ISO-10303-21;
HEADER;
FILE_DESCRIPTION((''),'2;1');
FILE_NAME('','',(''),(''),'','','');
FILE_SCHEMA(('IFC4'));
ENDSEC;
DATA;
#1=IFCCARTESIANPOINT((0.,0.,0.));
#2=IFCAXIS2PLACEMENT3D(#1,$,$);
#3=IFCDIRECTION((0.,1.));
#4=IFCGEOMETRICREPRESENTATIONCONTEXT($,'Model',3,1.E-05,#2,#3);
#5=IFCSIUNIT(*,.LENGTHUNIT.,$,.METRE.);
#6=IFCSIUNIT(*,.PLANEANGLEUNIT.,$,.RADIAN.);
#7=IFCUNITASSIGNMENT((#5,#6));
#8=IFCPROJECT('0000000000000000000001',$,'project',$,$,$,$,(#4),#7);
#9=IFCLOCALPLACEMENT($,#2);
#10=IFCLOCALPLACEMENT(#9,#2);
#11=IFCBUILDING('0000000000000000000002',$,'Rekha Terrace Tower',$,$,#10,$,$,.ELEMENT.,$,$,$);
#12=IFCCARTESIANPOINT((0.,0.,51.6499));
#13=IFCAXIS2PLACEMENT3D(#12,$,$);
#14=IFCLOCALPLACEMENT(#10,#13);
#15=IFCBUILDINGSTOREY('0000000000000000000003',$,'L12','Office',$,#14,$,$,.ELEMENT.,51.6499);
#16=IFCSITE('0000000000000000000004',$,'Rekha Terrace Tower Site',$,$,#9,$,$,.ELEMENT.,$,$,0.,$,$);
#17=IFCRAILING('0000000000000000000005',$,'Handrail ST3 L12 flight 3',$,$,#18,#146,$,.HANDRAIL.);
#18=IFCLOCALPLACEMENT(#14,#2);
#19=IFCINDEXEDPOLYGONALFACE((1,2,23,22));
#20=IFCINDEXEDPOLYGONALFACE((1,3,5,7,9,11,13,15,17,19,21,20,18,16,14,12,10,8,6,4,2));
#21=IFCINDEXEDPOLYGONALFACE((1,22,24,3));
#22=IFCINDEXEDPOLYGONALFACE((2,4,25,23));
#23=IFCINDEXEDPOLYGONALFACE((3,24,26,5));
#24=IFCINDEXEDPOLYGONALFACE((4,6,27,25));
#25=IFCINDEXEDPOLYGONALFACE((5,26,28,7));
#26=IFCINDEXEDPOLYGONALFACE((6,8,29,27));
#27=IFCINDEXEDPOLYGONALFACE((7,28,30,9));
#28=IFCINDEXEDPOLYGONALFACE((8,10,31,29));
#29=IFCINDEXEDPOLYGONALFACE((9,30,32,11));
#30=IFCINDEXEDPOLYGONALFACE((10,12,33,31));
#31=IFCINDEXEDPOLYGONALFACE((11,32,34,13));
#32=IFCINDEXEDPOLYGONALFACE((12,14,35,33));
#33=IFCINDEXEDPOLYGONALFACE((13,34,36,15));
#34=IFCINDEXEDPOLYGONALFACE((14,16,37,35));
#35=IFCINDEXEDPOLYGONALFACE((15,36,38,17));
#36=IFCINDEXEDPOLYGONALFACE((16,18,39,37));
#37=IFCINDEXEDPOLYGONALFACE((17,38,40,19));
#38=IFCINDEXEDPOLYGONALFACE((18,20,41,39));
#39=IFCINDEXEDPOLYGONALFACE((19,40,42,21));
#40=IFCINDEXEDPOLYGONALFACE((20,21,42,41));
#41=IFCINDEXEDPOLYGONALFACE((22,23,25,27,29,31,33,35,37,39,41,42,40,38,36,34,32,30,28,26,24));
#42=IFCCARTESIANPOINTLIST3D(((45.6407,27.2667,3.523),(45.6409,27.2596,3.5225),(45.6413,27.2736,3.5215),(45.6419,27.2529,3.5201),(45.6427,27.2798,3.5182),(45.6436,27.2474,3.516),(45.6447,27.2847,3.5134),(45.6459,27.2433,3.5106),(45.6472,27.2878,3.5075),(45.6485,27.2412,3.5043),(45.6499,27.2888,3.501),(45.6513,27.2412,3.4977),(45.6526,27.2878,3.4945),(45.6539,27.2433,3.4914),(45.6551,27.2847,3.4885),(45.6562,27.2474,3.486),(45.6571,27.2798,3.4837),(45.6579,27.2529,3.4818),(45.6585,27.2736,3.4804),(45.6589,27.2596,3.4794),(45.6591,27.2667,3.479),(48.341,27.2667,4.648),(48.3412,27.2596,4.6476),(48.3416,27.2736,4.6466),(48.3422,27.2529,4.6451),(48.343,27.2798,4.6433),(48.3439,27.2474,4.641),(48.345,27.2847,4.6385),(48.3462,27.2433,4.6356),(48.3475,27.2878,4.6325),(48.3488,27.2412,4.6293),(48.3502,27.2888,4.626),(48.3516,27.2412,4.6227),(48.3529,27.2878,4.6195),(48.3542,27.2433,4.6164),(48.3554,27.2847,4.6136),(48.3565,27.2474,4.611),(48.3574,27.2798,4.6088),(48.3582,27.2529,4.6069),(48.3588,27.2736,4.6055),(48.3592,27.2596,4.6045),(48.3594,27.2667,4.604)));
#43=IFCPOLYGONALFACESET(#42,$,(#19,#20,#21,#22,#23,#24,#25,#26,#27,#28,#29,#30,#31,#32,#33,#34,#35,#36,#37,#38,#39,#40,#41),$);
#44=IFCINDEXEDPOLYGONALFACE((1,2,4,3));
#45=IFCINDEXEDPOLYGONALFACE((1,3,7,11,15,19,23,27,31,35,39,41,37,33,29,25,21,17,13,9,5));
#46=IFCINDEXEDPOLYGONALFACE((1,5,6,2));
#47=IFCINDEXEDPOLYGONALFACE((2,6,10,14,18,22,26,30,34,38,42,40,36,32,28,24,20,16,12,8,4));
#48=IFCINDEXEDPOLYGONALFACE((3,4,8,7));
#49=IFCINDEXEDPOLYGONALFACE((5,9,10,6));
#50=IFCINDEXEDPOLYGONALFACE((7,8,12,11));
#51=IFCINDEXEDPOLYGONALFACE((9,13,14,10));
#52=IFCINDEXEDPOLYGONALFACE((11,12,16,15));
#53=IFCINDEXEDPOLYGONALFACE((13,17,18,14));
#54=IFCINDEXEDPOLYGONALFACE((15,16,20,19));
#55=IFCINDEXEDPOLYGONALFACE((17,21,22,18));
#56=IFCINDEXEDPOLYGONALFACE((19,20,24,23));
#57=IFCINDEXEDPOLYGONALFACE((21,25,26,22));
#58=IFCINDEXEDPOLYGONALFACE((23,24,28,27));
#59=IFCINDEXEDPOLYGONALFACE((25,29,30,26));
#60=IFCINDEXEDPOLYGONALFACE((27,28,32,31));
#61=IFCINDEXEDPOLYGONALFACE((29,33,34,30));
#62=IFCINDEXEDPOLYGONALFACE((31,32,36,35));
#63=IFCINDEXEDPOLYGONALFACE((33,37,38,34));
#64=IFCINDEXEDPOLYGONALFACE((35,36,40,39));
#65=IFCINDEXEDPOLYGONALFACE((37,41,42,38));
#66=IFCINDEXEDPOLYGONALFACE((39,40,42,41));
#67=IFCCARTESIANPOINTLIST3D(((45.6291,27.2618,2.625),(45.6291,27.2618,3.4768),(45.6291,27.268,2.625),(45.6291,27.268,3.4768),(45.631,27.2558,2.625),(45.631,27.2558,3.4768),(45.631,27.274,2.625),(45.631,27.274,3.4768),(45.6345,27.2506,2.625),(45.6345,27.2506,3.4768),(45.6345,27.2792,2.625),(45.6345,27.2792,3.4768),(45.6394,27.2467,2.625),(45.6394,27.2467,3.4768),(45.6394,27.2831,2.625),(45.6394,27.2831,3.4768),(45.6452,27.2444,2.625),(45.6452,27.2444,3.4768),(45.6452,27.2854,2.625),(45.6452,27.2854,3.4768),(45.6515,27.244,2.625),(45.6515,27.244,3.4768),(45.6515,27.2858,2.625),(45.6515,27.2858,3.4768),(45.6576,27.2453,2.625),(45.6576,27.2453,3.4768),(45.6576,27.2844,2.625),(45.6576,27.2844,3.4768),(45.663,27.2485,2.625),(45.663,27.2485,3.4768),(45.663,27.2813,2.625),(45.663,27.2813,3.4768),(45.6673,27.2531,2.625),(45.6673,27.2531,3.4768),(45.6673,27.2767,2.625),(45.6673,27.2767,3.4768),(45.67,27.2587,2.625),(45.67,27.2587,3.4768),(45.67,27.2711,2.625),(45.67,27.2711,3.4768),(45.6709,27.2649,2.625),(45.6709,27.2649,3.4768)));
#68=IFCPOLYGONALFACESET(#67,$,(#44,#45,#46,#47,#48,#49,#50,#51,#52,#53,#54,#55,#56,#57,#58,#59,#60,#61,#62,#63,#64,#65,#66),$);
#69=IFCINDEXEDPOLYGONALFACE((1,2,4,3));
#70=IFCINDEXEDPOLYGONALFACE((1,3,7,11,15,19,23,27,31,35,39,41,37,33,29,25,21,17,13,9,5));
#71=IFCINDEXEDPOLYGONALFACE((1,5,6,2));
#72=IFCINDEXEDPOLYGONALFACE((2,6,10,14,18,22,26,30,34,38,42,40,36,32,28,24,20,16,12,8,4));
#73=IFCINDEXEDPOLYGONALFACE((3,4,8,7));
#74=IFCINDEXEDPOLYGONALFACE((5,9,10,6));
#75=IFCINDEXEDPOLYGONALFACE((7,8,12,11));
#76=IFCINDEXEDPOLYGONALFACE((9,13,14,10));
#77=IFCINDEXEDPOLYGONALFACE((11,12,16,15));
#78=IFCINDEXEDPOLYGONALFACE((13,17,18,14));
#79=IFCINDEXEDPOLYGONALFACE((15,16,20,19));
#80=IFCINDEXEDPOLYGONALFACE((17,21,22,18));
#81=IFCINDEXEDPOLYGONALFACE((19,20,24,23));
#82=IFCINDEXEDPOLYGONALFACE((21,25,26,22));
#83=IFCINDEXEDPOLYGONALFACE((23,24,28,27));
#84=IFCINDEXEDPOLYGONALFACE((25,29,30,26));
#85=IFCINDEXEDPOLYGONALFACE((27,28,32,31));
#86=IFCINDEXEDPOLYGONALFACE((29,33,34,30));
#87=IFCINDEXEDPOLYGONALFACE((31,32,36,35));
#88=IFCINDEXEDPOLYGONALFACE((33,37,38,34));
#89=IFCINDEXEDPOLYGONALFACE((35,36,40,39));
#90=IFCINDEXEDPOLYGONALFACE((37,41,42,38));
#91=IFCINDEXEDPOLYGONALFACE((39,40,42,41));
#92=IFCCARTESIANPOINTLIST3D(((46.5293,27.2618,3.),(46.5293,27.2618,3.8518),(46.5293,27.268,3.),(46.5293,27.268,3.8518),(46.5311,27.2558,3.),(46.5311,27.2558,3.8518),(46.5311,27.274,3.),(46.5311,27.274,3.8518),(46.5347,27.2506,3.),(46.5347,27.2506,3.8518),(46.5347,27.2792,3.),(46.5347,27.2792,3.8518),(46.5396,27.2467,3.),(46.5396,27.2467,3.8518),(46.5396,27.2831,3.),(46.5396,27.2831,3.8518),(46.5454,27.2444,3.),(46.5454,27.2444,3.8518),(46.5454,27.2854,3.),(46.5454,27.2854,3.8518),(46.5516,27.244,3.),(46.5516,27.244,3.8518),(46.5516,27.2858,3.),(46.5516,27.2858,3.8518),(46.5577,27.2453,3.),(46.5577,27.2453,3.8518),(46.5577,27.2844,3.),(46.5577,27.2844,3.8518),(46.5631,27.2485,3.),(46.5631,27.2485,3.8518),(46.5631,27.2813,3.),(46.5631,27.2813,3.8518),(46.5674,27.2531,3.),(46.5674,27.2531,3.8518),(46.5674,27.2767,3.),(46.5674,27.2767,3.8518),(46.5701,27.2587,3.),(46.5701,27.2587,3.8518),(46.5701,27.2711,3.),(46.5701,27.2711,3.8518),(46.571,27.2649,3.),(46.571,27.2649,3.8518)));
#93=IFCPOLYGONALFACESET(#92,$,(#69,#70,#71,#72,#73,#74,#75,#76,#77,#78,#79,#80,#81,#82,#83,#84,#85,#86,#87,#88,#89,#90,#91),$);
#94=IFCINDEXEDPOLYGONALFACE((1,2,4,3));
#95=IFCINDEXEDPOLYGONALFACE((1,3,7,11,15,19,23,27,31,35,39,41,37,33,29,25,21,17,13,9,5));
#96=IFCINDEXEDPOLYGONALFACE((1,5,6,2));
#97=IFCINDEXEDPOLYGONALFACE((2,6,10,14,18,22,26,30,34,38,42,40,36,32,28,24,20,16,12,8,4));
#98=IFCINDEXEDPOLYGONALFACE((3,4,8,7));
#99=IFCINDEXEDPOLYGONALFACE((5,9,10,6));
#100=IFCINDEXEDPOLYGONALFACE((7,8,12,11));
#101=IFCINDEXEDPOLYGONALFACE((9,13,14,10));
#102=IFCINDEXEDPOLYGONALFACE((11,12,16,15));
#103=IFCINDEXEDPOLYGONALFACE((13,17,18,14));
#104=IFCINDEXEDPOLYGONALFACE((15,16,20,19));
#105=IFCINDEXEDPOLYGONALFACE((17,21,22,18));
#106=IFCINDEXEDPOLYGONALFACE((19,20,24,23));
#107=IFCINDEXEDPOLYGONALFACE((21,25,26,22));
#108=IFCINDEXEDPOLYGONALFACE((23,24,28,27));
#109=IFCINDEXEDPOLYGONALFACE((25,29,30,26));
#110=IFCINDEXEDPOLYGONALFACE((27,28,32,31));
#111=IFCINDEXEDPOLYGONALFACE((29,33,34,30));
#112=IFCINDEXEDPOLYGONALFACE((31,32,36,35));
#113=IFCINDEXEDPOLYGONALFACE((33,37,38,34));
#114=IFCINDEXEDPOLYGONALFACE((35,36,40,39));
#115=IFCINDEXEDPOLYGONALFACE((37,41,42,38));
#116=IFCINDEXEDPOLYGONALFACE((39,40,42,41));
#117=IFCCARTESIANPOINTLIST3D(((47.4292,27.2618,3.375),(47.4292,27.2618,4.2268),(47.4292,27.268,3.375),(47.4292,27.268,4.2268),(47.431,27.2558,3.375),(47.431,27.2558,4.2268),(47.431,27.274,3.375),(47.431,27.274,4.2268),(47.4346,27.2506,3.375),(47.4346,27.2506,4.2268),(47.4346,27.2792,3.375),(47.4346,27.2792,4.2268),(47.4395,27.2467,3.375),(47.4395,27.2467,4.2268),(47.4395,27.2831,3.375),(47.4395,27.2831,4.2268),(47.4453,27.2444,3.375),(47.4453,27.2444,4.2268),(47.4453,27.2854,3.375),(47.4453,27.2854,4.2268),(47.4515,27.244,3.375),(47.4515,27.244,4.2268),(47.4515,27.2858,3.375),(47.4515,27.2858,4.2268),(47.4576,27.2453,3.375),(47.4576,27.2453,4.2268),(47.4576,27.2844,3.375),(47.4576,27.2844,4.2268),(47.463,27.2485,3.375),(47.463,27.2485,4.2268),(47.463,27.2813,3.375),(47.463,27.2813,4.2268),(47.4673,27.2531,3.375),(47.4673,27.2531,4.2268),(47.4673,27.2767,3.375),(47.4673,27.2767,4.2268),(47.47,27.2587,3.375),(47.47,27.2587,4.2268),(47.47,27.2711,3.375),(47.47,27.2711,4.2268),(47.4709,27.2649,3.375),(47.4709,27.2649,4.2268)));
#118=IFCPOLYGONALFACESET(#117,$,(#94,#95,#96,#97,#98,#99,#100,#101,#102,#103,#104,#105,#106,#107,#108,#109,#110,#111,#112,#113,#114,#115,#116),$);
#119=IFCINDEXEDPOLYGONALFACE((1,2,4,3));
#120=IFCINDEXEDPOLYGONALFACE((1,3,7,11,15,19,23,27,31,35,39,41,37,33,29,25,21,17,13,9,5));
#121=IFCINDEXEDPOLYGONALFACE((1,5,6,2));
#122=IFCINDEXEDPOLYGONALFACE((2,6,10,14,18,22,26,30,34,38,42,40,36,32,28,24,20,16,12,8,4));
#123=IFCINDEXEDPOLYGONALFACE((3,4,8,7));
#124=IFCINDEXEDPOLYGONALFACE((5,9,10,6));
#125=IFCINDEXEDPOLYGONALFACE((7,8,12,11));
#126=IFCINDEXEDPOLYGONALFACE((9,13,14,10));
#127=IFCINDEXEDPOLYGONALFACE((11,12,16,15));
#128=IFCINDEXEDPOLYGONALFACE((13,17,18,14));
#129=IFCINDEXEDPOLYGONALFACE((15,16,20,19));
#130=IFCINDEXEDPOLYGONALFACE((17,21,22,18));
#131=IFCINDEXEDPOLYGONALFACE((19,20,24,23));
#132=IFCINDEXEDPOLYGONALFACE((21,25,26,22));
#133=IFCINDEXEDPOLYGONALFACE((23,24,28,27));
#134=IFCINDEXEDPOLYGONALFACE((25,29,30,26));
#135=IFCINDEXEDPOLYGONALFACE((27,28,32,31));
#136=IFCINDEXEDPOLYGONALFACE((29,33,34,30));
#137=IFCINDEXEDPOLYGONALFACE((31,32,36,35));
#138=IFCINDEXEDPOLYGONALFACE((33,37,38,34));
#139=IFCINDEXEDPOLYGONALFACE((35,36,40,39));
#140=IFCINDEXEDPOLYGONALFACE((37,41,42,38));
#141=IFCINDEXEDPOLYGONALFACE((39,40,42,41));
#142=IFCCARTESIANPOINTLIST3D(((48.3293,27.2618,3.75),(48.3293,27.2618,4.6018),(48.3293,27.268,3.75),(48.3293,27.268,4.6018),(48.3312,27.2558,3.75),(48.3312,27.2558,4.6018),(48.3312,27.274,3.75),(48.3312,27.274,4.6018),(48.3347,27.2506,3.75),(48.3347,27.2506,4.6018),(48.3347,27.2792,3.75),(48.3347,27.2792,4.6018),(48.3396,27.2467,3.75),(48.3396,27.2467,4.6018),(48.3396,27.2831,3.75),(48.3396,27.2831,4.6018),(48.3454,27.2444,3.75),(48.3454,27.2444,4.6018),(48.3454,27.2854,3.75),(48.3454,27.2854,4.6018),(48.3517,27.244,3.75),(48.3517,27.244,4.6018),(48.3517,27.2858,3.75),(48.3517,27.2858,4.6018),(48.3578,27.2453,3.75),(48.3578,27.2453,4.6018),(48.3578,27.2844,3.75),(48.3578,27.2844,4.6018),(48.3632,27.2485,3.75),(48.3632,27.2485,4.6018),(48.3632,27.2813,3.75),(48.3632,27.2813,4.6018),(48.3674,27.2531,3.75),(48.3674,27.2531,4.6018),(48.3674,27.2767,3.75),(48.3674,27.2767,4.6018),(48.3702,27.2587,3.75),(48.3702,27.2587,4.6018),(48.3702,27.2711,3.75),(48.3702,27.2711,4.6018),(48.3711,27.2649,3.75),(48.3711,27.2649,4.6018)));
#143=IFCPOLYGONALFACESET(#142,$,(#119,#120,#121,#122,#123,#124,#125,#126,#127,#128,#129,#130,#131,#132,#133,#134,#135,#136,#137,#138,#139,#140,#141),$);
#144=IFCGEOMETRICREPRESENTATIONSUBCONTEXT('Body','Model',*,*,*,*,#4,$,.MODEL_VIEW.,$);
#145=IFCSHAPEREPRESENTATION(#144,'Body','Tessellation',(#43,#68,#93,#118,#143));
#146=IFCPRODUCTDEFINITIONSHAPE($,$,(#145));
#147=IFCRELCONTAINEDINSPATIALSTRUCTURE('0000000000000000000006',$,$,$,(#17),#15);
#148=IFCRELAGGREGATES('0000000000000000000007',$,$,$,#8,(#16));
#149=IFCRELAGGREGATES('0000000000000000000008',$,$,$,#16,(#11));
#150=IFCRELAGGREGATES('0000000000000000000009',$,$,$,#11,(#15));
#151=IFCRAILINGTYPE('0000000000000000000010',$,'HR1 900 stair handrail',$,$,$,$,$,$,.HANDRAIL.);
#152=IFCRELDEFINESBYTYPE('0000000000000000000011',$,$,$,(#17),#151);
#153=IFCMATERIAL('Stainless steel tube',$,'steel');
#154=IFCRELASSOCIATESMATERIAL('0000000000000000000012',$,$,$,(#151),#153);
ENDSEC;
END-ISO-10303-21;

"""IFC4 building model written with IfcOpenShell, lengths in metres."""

from ifc_helpers import new_model, si_unit, direction, frame, origin, origin_2d, place, context, subcontext, project, spatial, circle, extrude, material, type_object, element, save


model = new_model("IFC4")

# Units and contexts
model_context = context("Model", 3, precision=1e-05, world=origin(), true_north=direction((0.0, 1.0)))
body_context = subcontext(model_context, "Body", "Model", "MODEL_VIEW")
ifc_project = project(units=[si_unit("LENGTHUNIT", "METRE"), si_unit("PLANEANGLEUNIT", "RADIAN")], contexts=[model_context])

# Site, building, storey
site_placement = place(None, origin())
site = spatial("IfcSite", under=ifc_project, at=site_placement, Name="Rekha Terrace Tower Site", CompositionType="ELEMENT", RefElevation=0.0)
building_placement = place(site_placement, origin())
building = spatial("IfcBuilding", under=site, at=building_placement, Name="Rekha Terrace Tower", CompositionType="ELEMENT")
storey_placement = place(building_placement, frame((0.0, 0.0, 51.6499)))
storey = spatial("IfcBuildingStorey", under=building, at=storey_placement, Name="L12", Description="Office", CompositionType="ELEMENT", Elevation=51.6499)

# Railing
ifc_material_1 = material(Name="Stainless steel tube", Category="steel")
railing_type_1 = type_object("IfcRailingType", Name="HR1 900 stair handrail", PredefinedType="HANDRAIL", material=ifc_material_1)
railing_1_placement = place(storey_placement, frame((45.6499, 27.2649, 2.625)))
element("IfcRailing", 1, at=railing_1_placement, inside=storey, type_object=railing_type_1, Name="Handrail ST3 L12 flight 3", PredefinedType="HANDRAIL", context=body_context, shape_type="SweptSolid", body=[
    extrude(circle(Radius=0.0239, at=origin_2d()), frame((0.0, 0.0, 0.876), z_axis=(0.923087, 0.0, 0.384592), x_axis=(0.0, 1.0, 0.0)), (0.0, 0.0, 1.0), 2.9253),
    extrude(circle(Radius=0.021, at=origin_2d()), origin(), (0.0, 0.0, 1.0), 0.8518),
    extrude(circle(Radius=0.021, at=origin_2d()), frame((0.9001, 0.0, 0.375)), (0.0, 0.0, 1.0), 0.8518),
    extrude(circle(Radius=0.021, at=origin_2d()), frame((1.8, 0.0, 0.75)), (0.0, 0.0, 1.0), 0.8518),
    extrude(circle(Radius=0.021, at=origin_2d()), frame((2.7002, 0.0, 1.125)), (0.0, 0.0, 1.0), 0.8518),
])

save(model, "model.ifc")
